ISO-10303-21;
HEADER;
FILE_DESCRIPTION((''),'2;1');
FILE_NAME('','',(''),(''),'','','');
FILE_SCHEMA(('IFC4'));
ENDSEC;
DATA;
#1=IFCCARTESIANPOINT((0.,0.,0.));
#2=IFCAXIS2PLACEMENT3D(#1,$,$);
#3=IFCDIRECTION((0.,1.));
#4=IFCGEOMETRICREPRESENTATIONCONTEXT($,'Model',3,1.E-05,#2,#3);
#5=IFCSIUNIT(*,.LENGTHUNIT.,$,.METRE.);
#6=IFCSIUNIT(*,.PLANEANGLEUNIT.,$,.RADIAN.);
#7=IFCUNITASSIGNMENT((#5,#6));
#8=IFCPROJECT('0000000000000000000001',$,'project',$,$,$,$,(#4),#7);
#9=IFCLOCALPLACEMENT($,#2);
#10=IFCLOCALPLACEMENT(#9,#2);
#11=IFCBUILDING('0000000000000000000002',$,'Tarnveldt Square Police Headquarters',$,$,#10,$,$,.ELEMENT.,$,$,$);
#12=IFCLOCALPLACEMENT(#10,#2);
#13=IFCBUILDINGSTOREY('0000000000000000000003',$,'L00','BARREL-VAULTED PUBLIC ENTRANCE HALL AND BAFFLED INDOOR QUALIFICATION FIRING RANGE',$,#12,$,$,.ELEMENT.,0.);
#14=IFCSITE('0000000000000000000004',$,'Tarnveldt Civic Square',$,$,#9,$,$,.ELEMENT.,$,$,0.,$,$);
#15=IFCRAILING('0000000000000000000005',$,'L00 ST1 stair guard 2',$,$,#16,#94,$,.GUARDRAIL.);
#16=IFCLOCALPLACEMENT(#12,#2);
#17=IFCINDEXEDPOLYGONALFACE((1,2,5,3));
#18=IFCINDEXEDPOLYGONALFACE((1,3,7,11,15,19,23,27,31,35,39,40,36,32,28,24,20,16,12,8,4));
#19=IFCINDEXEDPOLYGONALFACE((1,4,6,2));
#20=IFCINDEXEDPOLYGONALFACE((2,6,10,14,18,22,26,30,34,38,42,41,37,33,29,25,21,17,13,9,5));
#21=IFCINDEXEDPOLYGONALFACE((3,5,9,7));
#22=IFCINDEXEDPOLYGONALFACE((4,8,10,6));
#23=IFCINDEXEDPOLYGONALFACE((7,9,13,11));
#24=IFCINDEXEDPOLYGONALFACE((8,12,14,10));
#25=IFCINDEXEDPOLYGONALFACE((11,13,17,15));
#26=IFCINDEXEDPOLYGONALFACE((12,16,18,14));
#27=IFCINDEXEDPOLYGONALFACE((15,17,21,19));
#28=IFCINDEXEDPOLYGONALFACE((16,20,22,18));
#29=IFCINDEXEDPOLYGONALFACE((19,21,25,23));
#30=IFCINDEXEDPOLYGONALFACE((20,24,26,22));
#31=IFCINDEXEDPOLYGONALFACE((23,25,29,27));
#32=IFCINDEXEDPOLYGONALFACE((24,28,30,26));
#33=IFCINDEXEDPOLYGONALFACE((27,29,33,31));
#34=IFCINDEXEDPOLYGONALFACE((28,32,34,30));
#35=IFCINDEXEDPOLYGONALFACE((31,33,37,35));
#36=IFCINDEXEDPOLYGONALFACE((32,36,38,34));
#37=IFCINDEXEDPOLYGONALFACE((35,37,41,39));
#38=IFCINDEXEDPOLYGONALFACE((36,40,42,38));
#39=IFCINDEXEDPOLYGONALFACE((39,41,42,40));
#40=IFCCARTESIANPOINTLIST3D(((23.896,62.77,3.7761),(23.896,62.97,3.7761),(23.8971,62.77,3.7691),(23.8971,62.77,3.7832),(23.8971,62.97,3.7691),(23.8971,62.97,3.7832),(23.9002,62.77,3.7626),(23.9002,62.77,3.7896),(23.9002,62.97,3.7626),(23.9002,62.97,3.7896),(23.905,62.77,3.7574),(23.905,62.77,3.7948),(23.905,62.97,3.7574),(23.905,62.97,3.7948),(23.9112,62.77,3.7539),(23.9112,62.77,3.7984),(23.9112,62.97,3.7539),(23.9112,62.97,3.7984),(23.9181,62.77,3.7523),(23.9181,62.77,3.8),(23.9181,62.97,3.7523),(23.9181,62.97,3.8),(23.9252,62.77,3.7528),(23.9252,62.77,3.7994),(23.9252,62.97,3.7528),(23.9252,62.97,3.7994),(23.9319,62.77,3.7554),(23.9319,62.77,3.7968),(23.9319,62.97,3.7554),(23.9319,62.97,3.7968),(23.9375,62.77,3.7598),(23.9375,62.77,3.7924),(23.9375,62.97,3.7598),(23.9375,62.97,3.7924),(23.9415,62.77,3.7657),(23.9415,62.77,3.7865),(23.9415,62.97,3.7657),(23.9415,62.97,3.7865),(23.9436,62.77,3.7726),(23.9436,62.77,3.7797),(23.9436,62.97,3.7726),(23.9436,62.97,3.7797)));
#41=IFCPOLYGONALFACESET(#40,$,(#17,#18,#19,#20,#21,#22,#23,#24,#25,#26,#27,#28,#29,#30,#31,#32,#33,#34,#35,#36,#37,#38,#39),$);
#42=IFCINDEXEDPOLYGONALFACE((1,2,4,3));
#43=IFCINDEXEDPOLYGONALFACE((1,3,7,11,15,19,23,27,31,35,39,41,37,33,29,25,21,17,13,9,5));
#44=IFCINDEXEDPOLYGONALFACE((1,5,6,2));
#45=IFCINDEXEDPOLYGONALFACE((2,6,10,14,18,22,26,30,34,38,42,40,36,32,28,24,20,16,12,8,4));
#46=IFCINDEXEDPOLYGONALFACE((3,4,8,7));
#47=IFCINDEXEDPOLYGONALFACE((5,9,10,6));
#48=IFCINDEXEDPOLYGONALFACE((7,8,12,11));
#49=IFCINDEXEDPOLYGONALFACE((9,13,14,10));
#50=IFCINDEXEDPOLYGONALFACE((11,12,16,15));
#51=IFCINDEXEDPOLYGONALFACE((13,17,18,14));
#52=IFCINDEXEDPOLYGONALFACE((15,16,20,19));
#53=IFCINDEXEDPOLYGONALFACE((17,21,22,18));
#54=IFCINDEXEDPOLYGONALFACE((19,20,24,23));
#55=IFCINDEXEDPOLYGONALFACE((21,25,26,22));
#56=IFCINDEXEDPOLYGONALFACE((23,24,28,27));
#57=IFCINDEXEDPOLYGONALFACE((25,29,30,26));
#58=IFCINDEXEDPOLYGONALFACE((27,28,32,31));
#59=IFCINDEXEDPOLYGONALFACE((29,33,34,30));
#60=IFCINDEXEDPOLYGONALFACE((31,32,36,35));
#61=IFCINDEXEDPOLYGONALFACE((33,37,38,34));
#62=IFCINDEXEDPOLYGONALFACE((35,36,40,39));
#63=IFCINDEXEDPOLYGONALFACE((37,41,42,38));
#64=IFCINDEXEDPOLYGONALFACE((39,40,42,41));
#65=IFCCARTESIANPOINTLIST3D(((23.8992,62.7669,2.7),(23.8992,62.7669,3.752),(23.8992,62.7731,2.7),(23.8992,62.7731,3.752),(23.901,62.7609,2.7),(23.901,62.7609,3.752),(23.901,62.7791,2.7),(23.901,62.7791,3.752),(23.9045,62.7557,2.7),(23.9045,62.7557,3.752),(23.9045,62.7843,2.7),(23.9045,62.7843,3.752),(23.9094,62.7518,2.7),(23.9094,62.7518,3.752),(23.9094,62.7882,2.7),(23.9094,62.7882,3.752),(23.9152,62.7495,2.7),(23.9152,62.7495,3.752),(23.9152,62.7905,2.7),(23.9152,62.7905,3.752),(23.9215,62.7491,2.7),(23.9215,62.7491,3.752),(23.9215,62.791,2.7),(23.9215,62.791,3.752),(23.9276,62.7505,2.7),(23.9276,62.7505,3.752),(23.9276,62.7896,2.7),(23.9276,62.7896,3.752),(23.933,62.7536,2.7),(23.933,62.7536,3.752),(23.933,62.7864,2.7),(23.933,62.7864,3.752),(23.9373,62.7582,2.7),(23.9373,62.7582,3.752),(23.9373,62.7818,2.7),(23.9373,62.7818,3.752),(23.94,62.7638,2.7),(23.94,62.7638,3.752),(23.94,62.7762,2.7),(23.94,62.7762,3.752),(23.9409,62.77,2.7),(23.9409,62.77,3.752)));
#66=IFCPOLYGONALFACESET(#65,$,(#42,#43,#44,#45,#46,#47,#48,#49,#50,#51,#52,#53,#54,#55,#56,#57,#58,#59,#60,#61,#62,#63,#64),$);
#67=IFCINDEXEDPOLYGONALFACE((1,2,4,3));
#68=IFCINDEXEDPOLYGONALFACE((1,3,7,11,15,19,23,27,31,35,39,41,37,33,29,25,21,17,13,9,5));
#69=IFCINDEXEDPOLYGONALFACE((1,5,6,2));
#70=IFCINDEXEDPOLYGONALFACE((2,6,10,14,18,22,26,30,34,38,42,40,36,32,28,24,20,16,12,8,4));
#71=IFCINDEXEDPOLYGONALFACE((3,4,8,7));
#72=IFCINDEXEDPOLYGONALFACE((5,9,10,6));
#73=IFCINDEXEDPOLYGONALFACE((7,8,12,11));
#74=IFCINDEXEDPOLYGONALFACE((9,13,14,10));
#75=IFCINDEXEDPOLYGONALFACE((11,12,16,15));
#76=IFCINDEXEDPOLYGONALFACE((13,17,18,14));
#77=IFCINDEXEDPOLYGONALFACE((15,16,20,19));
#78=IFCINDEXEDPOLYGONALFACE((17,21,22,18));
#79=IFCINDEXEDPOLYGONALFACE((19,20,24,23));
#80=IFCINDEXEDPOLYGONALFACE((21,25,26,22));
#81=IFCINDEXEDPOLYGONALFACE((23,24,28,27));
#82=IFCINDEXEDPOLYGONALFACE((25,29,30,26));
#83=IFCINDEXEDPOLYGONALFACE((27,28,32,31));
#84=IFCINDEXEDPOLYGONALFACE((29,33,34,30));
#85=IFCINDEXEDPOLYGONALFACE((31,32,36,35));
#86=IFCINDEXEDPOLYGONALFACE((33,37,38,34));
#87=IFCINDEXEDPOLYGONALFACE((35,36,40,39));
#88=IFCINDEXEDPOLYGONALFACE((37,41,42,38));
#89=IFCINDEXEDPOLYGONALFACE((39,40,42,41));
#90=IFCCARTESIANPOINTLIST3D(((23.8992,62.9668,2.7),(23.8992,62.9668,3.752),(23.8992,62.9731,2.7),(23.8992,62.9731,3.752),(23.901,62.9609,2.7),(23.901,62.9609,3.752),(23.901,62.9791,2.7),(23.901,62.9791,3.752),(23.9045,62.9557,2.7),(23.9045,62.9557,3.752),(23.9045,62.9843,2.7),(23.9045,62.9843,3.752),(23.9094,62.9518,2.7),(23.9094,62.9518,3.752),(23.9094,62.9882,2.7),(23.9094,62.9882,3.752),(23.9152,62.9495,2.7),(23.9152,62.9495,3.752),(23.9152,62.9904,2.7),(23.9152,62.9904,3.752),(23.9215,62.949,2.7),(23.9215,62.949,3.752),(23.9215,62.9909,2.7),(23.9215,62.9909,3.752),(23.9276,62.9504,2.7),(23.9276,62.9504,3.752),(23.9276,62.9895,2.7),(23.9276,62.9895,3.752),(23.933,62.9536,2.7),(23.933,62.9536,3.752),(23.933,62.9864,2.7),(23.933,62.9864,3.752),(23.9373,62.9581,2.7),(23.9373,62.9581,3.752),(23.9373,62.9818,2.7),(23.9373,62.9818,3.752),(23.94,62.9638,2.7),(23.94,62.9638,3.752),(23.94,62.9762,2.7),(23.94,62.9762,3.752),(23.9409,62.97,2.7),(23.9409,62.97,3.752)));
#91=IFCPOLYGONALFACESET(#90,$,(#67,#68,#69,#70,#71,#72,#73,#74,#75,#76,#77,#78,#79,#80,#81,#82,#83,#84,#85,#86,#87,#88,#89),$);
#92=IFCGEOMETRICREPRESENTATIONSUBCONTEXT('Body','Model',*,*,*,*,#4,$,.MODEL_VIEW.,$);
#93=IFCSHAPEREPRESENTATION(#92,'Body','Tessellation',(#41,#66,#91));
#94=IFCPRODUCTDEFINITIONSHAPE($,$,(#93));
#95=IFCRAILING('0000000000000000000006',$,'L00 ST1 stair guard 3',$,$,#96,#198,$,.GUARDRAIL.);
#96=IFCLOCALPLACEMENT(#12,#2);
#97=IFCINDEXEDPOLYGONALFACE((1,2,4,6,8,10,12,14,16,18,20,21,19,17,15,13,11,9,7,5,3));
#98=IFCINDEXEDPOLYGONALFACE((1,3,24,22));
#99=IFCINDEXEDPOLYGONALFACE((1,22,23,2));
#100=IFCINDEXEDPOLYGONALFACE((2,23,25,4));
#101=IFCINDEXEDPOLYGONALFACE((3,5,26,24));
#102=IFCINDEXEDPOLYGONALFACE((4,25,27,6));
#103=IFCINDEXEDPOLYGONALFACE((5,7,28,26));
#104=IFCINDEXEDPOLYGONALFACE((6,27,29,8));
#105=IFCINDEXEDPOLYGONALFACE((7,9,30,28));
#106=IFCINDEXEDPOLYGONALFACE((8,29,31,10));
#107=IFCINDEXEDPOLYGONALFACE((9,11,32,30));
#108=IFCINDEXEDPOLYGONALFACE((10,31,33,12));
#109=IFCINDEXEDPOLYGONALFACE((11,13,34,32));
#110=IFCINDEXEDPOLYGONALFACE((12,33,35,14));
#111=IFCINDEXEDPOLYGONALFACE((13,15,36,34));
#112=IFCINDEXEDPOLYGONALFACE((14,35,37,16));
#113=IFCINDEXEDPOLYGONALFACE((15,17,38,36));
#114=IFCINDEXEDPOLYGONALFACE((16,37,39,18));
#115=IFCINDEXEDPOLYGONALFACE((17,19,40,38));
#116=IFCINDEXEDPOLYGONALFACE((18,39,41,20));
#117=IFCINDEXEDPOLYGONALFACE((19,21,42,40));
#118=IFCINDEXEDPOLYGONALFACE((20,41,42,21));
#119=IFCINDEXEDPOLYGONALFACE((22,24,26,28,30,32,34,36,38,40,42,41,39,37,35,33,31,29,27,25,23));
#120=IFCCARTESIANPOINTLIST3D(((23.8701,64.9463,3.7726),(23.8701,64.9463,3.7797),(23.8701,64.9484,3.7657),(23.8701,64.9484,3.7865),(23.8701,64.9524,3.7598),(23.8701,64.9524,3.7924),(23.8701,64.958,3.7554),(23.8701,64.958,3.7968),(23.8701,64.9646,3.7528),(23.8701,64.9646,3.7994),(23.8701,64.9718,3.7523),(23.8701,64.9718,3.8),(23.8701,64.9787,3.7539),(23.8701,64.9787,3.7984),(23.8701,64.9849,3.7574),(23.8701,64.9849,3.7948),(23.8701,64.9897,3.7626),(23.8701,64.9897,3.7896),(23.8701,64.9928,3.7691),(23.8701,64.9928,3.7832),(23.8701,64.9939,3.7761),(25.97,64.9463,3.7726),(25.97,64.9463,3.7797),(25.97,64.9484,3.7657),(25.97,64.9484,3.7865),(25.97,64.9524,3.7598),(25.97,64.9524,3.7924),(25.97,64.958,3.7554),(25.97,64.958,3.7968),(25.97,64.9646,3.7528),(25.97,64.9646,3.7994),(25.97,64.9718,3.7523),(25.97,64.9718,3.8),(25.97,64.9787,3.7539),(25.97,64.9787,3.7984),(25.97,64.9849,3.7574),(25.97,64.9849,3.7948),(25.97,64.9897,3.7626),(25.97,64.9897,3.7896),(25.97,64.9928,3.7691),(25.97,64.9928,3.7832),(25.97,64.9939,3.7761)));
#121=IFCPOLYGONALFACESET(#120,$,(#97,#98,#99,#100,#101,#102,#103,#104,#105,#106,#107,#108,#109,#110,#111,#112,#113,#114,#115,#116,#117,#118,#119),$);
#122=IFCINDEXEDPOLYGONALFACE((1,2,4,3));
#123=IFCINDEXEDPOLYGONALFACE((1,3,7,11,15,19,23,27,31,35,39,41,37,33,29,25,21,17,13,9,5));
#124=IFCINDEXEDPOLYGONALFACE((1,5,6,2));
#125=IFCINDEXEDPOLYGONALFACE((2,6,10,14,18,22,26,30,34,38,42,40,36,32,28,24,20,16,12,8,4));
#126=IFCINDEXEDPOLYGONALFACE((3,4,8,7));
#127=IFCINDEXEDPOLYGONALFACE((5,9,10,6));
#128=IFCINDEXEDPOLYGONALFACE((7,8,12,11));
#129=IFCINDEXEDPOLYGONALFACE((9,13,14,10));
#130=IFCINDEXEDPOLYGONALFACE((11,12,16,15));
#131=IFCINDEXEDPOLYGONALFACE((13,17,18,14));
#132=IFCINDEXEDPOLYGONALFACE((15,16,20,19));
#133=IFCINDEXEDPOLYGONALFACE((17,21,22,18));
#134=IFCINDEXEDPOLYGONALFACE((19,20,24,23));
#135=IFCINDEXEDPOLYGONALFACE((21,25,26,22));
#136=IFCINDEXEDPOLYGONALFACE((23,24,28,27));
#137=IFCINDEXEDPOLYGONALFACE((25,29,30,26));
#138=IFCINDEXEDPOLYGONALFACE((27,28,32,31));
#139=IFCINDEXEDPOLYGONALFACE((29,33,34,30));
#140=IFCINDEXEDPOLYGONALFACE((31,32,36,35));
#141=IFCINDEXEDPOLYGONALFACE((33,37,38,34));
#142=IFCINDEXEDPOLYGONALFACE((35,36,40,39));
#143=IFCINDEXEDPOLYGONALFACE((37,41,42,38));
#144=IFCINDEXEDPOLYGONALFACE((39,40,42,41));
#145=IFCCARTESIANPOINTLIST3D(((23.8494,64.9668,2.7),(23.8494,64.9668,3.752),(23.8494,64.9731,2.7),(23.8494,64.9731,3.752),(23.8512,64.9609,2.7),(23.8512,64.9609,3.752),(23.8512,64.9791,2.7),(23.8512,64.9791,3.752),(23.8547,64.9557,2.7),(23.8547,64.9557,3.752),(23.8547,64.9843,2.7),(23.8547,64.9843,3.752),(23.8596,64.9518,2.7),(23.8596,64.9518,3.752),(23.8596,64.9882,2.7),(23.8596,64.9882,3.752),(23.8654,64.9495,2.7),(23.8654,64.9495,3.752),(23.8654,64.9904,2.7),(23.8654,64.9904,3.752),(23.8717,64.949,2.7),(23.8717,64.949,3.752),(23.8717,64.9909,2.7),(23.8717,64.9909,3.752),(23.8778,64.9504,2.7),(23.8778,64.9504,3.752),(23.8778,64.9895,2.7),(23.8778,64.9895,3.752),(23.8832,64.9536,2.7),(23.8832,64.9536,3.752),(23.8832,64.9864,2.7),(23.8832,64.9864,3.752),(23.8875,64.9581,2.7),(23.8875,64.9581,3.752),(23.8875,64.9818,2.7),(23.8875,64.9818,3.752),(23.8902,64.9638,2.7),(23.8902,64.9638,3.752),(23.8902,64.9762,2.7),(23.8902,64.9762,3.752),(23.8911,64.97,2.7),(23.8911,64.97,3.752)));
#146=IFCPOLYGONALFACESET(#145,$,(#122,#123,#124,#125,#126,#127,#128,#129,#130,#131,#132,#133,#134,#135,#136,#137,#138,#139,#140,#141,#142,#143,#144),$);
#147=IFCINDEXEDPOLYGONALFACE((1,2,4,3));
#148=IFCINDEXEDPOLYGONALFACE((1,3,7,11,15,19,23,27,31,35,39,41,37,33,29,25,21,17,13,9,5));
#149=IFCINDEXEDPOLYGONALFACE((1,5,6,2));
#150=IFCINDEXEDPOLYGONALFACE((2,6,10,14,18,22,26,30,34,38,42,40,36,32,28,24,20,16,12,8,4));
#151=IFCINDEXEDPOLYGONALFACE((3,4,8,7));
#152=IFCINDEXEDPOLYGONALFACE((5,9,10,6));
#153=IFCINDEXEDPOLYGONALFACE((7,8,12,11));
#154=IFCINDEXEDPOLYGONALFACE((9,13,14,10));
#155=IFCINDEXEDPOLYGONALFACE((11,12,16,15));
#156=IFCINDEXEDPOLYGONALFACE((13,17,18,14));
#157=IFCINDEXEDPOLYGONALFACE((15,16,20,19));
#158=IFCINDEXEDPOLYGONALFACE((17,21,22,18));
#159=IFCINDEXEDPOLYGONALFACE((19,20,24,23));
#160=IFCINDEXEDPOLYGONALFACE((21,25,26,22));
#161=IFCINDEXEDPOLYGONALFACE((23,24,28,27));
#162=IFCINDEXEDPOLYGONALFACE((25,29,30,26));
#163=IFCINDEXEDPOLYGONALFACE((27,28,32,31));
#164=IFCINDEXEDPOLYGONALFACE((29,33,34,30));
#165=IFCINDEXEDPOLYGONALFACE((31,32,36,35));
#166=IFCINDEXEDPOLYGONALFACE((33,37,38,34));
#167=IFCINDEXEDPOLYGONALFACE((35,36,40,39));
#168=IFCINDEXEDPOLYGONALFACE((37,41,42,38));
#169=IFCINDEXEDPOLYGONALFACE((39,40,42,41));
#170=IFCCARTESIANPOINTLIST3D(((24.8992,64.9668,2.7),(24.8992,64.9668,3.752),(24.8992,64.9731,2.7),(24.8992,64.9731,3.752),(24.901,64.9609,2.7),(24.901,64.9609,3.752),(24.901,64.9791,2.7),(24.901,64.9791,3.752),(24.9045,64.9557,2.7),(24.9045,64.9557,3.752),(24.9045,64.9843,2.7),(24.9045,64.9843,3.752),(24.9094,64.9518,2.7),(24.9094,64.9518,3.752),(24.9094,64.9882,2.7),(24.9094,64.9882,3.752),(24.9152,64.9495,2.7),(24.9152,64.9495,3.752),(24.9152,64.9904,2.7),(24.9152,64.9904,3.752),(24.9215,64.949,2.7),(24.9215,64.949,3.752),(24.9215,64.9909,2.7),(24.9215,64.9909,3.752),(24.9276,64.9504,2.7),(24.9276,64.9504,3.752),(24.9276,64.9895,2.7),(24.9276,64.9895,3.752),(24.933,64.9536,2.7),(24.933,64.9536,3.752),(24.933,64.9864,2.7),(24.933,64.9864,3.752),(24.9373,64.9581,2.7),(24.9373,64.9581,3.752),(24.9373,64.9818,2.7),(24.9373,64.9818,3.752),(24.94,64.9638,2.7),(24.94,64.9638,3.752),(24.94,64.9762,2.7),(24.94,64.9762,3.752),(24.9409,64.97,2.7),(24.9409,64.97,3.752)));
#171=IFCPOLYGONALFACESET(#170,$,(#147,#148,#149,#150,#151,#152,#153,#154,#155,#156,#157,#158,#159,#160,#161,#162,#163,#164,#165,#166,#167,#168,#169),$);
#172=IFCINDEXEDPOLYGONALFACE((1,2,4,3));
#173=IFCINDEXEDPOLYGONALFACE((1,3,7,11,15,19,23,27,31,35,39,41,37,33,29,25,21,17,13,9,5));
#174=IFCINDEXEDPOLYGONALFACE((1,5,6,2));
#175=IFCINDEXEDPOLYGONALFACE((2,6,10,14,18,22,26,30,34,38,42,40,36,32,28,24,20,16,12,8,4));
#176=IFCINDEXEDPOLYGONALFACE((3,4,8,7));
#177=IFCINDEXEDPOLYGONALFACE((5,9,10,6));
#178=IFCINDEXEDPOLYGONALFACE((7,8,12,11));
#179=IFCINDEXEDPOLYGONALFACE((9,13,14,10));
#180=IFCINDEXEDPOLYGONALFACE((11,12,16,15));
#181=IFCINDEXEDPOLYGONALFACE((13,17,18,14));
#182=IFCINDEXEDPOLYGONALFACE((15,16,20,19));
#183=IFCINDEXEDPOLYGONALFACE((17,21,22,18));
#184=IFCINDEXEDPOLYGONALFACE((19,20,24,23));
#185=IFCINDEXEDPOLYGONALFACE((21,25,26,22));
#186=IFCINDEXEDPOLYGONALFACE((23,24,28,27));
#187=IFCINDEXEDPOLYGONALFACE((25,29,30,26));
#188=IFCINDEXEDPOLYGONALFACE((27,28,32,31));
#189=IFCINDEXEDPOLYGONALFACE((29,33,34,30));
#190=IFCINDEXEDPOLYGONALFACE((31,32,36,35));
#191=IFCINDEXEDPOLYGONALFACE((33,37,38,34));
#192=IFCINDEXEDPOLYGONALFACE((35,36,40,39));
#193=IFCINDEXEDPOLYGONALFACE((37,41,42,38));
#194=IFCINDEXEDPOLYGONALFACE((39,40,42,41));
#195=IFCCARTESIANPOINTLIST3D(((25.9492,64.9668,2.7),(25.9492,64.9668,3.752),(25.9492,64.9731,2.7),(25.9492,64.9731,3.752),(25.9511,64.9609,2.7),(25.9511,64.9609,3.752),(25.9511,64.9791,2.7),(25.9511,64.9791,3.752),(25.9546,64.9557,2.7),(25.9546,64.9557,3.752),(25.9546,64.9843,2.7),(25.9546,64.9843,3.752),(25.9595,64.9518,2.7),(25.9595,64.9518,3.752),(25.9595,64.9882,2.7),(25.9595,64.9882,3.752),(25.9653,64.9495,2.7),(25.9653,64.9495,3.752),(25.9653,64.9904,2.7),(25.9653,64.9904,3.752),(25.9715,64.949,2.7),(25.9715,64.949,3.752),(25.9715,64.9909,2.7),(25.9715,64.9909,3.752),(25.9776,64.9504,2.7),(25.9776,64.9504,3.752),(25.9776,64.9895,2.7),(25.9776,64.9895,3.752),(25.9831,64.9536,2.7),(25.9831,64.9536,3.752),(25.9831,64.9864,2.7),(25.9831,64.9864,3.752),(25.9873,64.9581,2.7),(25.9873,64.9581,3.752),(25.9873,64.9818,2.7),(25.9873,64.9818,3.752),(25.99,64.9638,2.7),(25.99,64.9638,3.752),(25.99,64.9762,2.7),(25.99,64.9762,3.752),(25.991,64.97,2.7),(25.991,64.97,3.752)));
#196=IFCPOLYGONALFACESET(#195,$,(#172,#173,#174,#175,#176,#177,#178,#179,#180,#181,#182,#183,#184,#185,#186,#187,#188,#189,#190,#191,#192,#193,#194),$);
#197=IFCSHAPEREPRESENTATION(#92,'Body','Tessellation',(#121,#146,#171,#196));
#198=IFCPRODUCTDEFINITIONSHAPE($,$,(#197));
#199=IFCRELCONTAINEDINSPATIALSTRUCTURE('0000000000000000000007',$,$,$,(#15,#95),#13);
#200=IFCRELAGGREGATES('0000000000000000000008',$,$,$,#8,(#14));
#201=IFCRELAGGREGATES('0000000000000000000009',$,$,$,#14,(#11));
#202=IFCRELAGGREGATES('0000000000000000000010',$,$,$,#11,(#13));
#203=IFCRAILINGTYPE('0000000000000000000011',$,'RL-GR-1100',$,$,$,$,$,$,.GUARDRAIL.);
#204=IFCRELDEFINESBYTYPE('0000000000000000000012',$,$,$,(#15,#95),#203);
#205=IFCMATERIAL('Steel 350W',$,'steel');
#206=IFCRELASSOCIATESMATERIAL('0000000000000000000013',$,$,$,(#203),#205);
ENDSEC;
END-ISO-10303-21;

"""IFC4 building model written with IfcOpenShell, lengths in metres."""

from ifc_helpers import new_model, si_unit, direction, frame, origin, origin_2d, place, context, subcontext, project, spatial, circle, extrude, material, type_object, element, save


model = new_model("IFC4")

# Units and contexts
model_context = context("Model", 3, precision=1e-05, world=origin(), true_north=direction((0.0, 1.0)))
body_context = subcontext(model_context, "Body", "Model", "MODEL_VIEW")
ifc_project = project(units=[si_unit("LENGTHUNIT", "METRE"), si_unit("PLANEANGLEUNIT", "RADIAN")], contexts=[model_context])

# Site, building, storey
site_placement = place(None, origin())
site = spatial("IfcSite", under=ifc_project, at=site_placement, Name="Tarnveldt Civic Square", CompositionType="ELEMENT", RefElevation=0.0)
building_placement = place(site_placement, origin())
building = spatial("IfcBuilding", under=site, at=building_placement, Name="Tarnveldt Square Police Headquarters", CompositionType="ELEMENT")
storey_placement = place(building_placement, origin())
storey = spatial("IfcBuildingStorey", under=building, at=storey_placement, Name="L00", Description="BARREL-VAULTED PUBLIC ENTRANCE HALL AND BAFFLED INDOOR QUALIFICATION FIRING RANGE", CompositionType="ELEMENT", Elevation=0.0)

# Railings
ifc_material_1 = material(Name="Steel 350W", Category="steel")
railing_type_1 = type_object("IfcRailingType", Name="RL-GR-1100", PredefinedType="GUARDRAIL", material=ifc_material_1)
railing_1_placement = place(storey_placement, frame((23.9199, 62.77, 2.7)))
element("IfcRailing", 1, at=railing_1_placement, inside=storey, type_object=railing_type_1, Name="L00 ST1 stair guard 2", PredefinedType="GUARDRAIL", context=body_context, shape_type="SweptSolid", body=[
    extrude(circle(Radius=0.0239, at=origin_2d()), frame((0.0, 0.0, 1.0762), z_axis=(0.0, 1.0, 0.0), x_axis=(-1.0, 0.0, 0.0)), (0.0, 0.0, 1.0), 0.2),
    extrude(circle(Radius=0.021, at=origin_2d()), origin(), (0.0, 0.0, 1.0), 1.052),
    extrude(circle(Radius=0.021, at=origin_2d()), frame((0.0, 0.2, 0.0)), (0.0, 0.0, 1.0), 1.052),
])
railing_2_placement = place(storey_placement, frame((23.8701, 64.97, 2.7)))
element("IfcRailing", 2, at=railing_2_placement, inside=storey, type_object=railing_type_1, Name="L00 ST1 stair guard 3", PredefinedType="GUARDRAIL", context=body_context, shape_type="SweptSolid", body=[
    extrude(circle(Radius=0.0239, at=origin_2d()), frame((0.0, 0.0, 1.0762), z_axis=(1.0, 0.0, 0.0), x_axis=(0.0, 1.0, 0.0)), (0.0, 0.0, 1.0), 2.0999),
    extrude(circle(Radius=0.021, at=origin_2d()), origin(), (0.0, 0.0, 1.0), 1.052),
    extrude(circle(Radius=0.021, at=origin_2d()), frame((1.0498, 0.0, 0.0)), (0.0, 0.0, 1.0), 1.052),
    extrude(circle(Radius=0.021, at=origin_2d()), frame((2.0999, 0.0, 0.0)), (0.0, 0.0, 1.0), 1.052),
])

save(model, "model.ifc")
